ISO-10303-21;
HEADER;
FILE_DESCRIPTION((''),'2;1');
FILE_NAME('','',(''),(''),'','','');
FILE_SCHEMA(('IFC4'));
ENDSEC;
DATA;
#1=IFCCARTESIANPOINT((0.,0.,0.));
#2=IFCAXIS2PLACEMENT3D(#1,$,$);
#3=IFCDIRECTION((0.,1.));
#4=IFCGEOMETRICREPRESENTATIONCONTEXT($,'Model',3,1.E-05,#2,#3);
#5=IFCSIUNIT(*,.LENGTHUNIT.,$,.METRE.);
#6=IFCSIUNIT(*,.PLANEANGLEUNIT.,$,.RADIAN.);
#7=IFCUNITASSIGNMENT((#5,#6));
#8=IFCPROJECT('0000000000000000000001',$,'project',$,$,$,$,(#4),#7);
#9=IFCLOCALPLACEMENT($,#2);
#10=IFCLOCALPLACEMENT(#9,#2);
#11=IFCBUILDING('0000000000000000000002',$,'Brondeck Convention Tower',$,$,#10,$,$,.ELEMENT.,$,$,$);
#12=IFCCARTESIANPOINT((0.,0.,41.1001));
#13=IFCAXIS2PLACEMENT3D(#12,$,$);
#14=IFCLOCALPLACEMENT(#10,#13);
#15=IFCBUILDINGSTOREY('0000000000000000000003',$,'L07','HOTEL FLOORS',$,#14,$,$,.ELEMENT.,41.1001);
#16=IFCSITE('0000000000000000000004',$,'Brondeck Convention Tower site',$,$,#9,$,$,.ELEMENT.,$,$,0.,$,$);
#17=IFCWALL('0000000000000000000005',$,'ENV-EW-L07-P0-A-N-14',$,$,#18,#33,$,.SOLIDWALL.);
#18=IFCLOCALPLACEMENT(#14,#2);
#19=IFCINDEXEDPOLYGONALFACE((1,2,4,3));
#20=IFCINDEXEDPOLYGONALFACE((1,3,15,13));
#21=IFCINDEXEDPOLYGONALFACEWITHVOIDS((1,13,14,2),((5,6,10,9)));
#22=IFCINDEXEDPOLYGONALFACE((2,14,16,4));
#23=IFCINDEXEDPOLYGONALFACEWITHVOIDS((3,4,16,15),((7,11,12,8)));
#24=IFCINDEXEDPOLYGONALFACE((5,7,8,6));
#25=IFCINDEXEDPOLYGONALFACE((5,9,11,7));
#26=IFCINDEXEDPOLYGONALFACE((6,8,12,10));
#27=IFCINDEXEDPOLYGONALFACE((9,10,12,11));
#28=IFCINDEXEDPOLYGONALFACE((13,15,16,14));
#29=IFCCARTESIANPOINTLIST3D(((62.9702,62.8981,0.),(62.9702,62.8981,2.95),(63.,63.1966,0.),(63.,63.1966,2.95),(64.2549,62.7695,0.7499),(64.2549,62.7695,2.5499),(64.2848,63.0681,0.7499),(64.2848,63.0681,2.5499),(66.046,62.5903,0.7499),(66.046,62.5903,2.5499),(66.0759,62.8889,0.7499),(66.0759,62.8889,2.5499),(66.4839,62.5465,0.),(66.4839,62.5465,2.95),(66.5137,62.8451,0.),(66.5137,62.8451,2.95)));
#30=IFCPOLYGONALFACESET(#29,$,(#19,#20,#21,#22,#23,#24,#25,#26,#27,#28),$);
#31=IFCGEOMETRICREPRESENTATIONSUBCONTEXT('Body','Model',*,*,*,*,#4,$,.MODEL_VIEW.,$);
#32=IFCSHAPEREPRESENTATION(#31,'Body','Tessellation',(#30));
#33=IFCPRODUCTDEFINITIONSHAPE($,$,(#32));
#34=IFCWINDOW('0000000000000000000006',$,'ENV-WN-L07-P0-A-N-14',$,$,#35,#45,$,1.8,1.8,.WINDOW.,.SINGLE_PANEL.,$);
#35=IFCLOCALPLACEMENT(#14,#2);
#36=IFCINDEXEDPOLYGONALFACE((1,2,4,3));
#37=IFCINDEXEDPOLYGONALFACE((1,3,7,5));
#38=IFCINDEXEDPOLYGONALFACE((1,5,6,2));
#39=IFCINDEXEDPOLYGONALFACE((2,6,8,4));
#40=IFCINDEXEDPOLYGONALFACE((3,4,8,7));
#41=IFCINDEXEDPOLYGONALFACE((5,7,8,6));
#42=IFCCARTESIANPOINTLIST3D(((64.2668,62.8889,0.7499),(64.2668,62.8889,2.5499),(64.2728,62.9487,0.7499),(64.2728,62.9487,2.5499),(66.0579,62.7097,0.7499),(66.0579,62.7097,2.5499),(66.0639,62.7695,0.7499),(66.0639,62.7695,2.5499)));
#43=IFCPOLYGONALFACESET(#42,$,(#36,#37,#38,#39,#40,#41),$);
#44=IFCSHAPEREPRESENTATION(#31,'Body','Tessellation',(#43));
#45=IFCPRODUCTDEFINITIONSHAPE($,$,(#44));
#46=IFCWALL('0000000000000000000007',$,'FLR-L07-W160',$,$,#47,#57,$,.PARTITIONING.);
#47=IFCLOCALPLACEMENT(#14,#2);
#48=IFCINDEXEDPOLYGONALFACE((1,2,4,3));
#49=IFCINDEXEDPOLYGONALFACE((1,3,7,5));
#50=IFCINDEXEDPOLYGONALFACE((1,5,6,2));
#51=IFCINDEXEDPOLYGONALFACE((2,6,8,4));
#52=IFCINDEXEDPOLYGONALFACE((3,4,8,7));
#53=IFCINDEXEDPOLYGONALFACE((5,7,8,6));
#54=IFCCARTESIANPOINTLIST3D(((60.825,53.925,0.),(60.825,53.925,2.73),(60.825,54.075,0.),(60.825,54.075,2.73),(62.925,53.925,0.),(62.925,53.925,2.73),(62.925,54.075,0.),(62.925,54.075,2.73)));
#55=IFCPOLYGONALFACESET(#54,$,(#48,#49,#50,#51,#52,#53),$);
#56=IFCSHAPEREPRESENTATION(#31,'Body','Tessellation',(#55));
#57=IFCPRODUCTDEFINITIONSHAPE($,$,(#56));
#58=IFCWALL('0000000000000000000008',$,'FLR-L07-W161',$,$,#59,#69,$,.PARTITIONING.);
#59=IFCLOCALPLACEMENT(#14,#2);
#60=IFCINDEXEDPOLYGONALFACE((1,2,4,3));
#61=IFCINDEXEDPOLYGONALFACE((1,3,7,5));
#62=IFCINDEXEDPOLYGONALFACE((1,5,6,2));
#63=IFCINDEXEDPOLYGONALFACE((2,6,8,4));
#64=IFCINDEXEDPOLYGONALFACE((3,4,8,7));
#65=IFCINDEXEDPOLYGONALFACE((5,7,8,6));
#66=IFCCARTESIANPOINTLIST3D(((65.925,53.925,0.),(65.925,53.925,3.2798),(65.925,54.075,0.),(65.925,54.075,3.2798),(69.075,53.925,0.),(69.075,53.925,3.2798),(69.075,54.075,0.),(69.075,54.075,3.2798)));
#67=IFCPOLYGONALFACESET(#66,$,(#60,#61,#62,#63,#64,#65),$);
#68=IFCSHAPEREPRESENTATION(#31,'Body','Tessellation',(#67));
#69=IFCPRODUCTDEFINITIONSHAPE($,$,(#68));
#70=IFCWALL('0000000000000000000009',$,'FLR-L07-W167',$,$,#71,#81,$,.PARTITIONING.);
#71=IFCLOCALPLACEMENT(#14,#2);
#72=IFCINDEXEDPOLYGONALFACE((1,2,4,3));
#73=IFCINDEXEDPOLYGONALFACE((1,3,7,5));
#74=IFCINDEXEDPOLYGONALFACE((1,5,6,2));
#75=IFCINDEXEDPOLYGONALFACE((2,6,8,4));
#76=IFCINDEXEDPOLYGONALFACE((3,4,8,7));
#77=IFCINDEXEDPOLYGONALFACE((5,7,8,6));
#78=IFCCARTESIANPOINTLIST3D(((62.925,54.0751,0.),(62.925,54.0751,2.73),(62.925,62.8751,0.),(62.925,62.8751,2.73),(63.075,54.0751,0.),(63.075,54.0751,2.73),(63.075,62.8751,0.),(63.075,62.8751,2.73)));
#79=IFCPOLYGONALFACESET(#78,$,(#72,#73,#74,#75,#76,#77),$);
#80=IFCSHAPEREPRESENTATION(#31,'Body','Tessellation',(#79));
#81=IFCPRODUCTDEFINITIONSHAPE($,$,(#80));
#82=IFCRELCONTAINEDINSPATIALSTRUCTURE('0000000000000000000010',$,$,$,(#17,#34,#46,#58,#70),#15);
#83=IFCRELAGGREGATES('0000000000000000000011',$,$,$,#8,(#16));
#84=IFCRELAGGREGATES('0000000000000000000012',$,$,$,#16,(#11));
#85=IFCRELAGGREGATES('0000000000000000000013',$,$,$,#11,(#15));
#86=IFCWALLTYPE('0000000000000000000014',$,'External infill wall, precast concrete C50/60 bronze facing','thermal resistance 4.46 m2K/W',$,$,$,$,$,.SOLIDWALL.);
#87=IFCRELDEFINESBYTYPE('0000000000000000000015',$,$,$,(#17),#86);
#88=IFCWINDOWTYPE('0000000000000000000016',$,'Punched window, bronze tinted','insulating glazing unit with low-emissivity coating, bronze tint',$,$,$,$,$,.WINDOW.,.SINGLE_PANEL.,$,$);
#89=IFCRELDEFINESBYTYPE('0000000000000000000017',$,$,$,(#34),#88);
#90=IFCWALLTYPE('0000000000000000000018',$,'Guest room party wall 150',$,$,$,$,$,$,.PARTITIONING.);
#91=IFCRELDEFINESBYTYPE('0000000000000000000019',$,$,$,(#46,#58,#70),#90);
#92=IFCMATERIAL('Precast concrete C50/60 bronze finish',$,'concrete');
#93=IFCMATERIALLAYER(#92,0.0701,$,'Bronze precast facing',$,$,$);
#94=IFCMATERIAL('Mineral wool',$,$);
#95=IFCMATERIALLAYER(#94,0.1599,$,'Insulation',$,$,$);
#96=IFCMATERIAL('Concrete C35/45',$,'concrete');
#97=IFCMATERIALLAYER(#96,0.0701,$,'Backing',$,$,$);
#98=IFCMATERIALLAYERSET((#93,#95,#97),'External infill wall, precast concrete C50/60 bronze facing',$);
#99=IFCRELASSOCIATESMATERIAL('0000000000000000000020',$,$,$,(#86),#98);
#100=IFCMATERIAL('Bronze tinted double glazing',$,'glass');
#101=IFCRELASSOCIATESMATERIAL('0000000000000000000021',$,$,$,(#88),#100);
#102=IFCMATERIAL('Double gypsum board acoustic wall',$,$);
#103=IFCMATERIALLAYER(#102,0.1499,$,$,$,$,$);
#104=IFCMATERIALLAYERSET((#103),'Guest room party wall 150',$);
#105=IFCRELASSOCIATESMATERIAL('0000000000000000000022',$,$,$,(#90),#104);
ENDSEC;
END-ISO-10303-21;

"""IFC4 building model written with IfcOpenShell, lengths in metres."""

from ifc_helpers import new_model, si_unit, direction, frame, frame_2d, origin, place, context, subcontext, project, spatial, rectangle, extrude, material, layer, layer_set, type_object, element, fill, save


model = new_model("IFC4")

# Units and contexts
model_context = context("Model", 3, precision=1e-05, world=origin(), true_north=direction((0.0, 1.0)))
body_context = subcontext(model_context, "Body", "Model", "MODEL_VIEW")
ifc_project = project(units=[si_unit("LENGTHUNIT", "METRE"), si_unit("PLANEANGLEUNIT", "RADIAN")], contexts=[model_context])

# Site, building, storey
site_placement = place(None, origin())
site = spatial("IfcSite", under=ifc_project, at=site_placement, Name="Brondeck Convention Tower site", CompositionType="ELEMENT", RefElevation=0.0)
building_placement = place(site_placement, origin())
building = spatial("IfcBuilding", under=site, at=building_placement, Name="Brondeck Convention Tower", CompositionType="ELEMENT")
storey_placement = place(building_placement, frame((0.0, 0.0, 41.1001)))
storey = spatial("IfcBuildingStorey", under=building, at=storey_placement, Name="L07", Description="HOTEL FLOORS", CompositionType="ELEMENT", Elevation=41.1001)

# Shared definitions
ifc_material_1 = material(Name="Precast concrete C50/60 bronze finish", Category="concrete")
ifc_layer_1 = layer(ifc_material_1, 0.0701, Name="Bronze precast facing")
ifc_material_2 = material(Name="Mineral wool")
ifc_layer_2 = layer(ifc_material_2, 0.1599, Name="Insulation")
ifc_material_3 = material(Name="Concrete C35/45", Category="concrete")
ifc_layer_3 = layer(ifc_material_3, 0.0701, Name="Backing")
ifc_layer_set_1 = layer_set([ifc_layer_1, ifc_layer_2, ifc_layer_3], Name="External infill wall, precast concrete C50/60 bronze facing")
wall_type_1 = type_object("IfcWallType", Name="External infill wall, precast concrete C50/60 bronze facing", Description="thermal resistance 4.46 m2K/W", PredefinedType="SOLIDWALL", material=ifc_layer_set_1)
ifc_material_4 = material(Name="Bronze tinted double glazing", Category="glass")
window_type_1 = type_object("IfcWindowType", Name="Punched window, bronze tinted", Description="insulating glazing unit with low-emissivity coating, bronze tint", PartitioningType="SINGLE_PANEL", PredefinedType="WINDOW", material=ifc_material_4)

# Wall, opening, window
wall_1_placement = place(storey_placement, frame((62.9851, 63.0474, 0.0), z_axis=(0.0, 0.0, 1.0), x_axis=(0.995032, -0.099558, 0.0)))
wall_1 = element("IfcWall", 1, at=wall_1_placement, inside=storey, type_object=wall_type_1, Name="ENV-EW-L07-P0-A-N-14", PredefinedType="SOLIDWALL", context=body_context, shape_type="SweptSolid", body=[
    extrude(rectangle(XDim=3.5312, YDim=0.3, at=frame_2d((1.7656, 0.0))), origin(), (0.0, 0.0, 1.0), 2.95),
])
opening_1_placement = place(wall_1_placement, frame((1.2913, 0.0, 0.75)))
opening_1 = element("IfcOpeningElement", 2, at=opening_1_placement, cuts=wall_1, PredefinedType="OPENING", context=body_context, shape_type="SweptSolid", body=[
    extrude(rectangle(XDim=1.8, YDim=1.8, at=frame_2d((0.8999, 0.8999))), frame((0.0, 0.1599, 0.0), z_axis=(0.0, -1.0, 0.0), x_axis=(1.0, 0.0, 0.0)), (0.0, 0.0, 1.0), 0.3201),
])
window_1_placement = place(opening_1_placement, origin())
window_1 = element("IfcWindow", 3, at=window_1_placement, inside=storey, type_object=window_type_1, Name="ENV-WN-L07-P0-A-N-14", OverallHeight=1.8, OverallWidth=1.8, PartitioningType="SINGLE_PANEL", PredefinedType="WINDOW", context=body_context, shape_type="SweptSolid", body=[
    extrude(rectangle(XDim=1.8, YDim=1.8, at=frame_2d((0.8999, 0.8999))), frame((0.0, 0.03, 0.0), z_axis=(0.0, -1.0, 0.0), x_axis=(1.0, 0.0, 0.0)), (0.0, 0.0, 1.0), 0.0601),
])
fill(opening_1, window_1)

# Walls
ifc_material_5 = material(Name="Double gypsum board acoustic wall")
ifc_layer_4 = layer(ifc_material_5, 0.1499)
ifc_layer_set_2 = layer_set([ifc_layer_4], Name="Guest room party wall 150")
wall_type_2 = type_object("IfcWallType", Name="Guest room party wall 150", PredefinedType="PARTITIONING", material=ifc_layer_set_2)
wall_2_placement = place(storey_placement, frame((62.925, 54.0, 0.0), z_axis=(0.0, 0.0, 1.0), x_axis=(-1.0, 0.0, 0.0)))
element("IfcWall", 4, at=wall_2_placement, inside=storey, type_object=wall_type_2, Name="FLR-L07-W160", PredefinedType="PARTITIONING", context=body_context, shape_type="SweptSolid", body=[
    extrude(rectangle(XDim=2.1001, YDim=0.1499, at=frame_2d((1.05, 0.0))), origin(), (0.0, 0.0, 1.0), 2.73),
])
wall_3_placement = place(storey_placement, frame((69.075, 54.0, 0.0), z_axis=(0.0, 0.0, 1.0), x_axis=(-1.0, 0.0, 0.0)))
element("IfcWall", 5, at=wall_3_placement, inside=storey, type_object=wall_type_2, Name="FLR-L07-W161", PredefinedType="PARTITIONING", context=body_context, shape_type="SweptSolid", body=[
    extrude(rectangle(XDim=3.1499, YDim=0.1499, at=frame_2d((1.575, 0.0))), origin(), (0.0, 0.0, 1.0), 3.2798),
])
wall_4_placement = place(storey_placement, frame((63.0, 62.875, 0.0), z_axis=(0.0, 0.0, 1.0), x_axis=(0.0, -1.0, 0.0)))
element("IfcWall", 6, at=wall_4_placement, inside=storey, type_object=wall_type_2, Name="FLR-L07-W167", PredefinedType="PARTITIONING", context=body_context, shape_type="SweptSolid", body=[
    extrude(rectangle(XDim=8.8, YDim=0.1499, at=frame_2d((4.3999, 0.0))), origin(), (0.0, 0.0, 1.0), 2.73),
])

save(model, "model.ifc")
